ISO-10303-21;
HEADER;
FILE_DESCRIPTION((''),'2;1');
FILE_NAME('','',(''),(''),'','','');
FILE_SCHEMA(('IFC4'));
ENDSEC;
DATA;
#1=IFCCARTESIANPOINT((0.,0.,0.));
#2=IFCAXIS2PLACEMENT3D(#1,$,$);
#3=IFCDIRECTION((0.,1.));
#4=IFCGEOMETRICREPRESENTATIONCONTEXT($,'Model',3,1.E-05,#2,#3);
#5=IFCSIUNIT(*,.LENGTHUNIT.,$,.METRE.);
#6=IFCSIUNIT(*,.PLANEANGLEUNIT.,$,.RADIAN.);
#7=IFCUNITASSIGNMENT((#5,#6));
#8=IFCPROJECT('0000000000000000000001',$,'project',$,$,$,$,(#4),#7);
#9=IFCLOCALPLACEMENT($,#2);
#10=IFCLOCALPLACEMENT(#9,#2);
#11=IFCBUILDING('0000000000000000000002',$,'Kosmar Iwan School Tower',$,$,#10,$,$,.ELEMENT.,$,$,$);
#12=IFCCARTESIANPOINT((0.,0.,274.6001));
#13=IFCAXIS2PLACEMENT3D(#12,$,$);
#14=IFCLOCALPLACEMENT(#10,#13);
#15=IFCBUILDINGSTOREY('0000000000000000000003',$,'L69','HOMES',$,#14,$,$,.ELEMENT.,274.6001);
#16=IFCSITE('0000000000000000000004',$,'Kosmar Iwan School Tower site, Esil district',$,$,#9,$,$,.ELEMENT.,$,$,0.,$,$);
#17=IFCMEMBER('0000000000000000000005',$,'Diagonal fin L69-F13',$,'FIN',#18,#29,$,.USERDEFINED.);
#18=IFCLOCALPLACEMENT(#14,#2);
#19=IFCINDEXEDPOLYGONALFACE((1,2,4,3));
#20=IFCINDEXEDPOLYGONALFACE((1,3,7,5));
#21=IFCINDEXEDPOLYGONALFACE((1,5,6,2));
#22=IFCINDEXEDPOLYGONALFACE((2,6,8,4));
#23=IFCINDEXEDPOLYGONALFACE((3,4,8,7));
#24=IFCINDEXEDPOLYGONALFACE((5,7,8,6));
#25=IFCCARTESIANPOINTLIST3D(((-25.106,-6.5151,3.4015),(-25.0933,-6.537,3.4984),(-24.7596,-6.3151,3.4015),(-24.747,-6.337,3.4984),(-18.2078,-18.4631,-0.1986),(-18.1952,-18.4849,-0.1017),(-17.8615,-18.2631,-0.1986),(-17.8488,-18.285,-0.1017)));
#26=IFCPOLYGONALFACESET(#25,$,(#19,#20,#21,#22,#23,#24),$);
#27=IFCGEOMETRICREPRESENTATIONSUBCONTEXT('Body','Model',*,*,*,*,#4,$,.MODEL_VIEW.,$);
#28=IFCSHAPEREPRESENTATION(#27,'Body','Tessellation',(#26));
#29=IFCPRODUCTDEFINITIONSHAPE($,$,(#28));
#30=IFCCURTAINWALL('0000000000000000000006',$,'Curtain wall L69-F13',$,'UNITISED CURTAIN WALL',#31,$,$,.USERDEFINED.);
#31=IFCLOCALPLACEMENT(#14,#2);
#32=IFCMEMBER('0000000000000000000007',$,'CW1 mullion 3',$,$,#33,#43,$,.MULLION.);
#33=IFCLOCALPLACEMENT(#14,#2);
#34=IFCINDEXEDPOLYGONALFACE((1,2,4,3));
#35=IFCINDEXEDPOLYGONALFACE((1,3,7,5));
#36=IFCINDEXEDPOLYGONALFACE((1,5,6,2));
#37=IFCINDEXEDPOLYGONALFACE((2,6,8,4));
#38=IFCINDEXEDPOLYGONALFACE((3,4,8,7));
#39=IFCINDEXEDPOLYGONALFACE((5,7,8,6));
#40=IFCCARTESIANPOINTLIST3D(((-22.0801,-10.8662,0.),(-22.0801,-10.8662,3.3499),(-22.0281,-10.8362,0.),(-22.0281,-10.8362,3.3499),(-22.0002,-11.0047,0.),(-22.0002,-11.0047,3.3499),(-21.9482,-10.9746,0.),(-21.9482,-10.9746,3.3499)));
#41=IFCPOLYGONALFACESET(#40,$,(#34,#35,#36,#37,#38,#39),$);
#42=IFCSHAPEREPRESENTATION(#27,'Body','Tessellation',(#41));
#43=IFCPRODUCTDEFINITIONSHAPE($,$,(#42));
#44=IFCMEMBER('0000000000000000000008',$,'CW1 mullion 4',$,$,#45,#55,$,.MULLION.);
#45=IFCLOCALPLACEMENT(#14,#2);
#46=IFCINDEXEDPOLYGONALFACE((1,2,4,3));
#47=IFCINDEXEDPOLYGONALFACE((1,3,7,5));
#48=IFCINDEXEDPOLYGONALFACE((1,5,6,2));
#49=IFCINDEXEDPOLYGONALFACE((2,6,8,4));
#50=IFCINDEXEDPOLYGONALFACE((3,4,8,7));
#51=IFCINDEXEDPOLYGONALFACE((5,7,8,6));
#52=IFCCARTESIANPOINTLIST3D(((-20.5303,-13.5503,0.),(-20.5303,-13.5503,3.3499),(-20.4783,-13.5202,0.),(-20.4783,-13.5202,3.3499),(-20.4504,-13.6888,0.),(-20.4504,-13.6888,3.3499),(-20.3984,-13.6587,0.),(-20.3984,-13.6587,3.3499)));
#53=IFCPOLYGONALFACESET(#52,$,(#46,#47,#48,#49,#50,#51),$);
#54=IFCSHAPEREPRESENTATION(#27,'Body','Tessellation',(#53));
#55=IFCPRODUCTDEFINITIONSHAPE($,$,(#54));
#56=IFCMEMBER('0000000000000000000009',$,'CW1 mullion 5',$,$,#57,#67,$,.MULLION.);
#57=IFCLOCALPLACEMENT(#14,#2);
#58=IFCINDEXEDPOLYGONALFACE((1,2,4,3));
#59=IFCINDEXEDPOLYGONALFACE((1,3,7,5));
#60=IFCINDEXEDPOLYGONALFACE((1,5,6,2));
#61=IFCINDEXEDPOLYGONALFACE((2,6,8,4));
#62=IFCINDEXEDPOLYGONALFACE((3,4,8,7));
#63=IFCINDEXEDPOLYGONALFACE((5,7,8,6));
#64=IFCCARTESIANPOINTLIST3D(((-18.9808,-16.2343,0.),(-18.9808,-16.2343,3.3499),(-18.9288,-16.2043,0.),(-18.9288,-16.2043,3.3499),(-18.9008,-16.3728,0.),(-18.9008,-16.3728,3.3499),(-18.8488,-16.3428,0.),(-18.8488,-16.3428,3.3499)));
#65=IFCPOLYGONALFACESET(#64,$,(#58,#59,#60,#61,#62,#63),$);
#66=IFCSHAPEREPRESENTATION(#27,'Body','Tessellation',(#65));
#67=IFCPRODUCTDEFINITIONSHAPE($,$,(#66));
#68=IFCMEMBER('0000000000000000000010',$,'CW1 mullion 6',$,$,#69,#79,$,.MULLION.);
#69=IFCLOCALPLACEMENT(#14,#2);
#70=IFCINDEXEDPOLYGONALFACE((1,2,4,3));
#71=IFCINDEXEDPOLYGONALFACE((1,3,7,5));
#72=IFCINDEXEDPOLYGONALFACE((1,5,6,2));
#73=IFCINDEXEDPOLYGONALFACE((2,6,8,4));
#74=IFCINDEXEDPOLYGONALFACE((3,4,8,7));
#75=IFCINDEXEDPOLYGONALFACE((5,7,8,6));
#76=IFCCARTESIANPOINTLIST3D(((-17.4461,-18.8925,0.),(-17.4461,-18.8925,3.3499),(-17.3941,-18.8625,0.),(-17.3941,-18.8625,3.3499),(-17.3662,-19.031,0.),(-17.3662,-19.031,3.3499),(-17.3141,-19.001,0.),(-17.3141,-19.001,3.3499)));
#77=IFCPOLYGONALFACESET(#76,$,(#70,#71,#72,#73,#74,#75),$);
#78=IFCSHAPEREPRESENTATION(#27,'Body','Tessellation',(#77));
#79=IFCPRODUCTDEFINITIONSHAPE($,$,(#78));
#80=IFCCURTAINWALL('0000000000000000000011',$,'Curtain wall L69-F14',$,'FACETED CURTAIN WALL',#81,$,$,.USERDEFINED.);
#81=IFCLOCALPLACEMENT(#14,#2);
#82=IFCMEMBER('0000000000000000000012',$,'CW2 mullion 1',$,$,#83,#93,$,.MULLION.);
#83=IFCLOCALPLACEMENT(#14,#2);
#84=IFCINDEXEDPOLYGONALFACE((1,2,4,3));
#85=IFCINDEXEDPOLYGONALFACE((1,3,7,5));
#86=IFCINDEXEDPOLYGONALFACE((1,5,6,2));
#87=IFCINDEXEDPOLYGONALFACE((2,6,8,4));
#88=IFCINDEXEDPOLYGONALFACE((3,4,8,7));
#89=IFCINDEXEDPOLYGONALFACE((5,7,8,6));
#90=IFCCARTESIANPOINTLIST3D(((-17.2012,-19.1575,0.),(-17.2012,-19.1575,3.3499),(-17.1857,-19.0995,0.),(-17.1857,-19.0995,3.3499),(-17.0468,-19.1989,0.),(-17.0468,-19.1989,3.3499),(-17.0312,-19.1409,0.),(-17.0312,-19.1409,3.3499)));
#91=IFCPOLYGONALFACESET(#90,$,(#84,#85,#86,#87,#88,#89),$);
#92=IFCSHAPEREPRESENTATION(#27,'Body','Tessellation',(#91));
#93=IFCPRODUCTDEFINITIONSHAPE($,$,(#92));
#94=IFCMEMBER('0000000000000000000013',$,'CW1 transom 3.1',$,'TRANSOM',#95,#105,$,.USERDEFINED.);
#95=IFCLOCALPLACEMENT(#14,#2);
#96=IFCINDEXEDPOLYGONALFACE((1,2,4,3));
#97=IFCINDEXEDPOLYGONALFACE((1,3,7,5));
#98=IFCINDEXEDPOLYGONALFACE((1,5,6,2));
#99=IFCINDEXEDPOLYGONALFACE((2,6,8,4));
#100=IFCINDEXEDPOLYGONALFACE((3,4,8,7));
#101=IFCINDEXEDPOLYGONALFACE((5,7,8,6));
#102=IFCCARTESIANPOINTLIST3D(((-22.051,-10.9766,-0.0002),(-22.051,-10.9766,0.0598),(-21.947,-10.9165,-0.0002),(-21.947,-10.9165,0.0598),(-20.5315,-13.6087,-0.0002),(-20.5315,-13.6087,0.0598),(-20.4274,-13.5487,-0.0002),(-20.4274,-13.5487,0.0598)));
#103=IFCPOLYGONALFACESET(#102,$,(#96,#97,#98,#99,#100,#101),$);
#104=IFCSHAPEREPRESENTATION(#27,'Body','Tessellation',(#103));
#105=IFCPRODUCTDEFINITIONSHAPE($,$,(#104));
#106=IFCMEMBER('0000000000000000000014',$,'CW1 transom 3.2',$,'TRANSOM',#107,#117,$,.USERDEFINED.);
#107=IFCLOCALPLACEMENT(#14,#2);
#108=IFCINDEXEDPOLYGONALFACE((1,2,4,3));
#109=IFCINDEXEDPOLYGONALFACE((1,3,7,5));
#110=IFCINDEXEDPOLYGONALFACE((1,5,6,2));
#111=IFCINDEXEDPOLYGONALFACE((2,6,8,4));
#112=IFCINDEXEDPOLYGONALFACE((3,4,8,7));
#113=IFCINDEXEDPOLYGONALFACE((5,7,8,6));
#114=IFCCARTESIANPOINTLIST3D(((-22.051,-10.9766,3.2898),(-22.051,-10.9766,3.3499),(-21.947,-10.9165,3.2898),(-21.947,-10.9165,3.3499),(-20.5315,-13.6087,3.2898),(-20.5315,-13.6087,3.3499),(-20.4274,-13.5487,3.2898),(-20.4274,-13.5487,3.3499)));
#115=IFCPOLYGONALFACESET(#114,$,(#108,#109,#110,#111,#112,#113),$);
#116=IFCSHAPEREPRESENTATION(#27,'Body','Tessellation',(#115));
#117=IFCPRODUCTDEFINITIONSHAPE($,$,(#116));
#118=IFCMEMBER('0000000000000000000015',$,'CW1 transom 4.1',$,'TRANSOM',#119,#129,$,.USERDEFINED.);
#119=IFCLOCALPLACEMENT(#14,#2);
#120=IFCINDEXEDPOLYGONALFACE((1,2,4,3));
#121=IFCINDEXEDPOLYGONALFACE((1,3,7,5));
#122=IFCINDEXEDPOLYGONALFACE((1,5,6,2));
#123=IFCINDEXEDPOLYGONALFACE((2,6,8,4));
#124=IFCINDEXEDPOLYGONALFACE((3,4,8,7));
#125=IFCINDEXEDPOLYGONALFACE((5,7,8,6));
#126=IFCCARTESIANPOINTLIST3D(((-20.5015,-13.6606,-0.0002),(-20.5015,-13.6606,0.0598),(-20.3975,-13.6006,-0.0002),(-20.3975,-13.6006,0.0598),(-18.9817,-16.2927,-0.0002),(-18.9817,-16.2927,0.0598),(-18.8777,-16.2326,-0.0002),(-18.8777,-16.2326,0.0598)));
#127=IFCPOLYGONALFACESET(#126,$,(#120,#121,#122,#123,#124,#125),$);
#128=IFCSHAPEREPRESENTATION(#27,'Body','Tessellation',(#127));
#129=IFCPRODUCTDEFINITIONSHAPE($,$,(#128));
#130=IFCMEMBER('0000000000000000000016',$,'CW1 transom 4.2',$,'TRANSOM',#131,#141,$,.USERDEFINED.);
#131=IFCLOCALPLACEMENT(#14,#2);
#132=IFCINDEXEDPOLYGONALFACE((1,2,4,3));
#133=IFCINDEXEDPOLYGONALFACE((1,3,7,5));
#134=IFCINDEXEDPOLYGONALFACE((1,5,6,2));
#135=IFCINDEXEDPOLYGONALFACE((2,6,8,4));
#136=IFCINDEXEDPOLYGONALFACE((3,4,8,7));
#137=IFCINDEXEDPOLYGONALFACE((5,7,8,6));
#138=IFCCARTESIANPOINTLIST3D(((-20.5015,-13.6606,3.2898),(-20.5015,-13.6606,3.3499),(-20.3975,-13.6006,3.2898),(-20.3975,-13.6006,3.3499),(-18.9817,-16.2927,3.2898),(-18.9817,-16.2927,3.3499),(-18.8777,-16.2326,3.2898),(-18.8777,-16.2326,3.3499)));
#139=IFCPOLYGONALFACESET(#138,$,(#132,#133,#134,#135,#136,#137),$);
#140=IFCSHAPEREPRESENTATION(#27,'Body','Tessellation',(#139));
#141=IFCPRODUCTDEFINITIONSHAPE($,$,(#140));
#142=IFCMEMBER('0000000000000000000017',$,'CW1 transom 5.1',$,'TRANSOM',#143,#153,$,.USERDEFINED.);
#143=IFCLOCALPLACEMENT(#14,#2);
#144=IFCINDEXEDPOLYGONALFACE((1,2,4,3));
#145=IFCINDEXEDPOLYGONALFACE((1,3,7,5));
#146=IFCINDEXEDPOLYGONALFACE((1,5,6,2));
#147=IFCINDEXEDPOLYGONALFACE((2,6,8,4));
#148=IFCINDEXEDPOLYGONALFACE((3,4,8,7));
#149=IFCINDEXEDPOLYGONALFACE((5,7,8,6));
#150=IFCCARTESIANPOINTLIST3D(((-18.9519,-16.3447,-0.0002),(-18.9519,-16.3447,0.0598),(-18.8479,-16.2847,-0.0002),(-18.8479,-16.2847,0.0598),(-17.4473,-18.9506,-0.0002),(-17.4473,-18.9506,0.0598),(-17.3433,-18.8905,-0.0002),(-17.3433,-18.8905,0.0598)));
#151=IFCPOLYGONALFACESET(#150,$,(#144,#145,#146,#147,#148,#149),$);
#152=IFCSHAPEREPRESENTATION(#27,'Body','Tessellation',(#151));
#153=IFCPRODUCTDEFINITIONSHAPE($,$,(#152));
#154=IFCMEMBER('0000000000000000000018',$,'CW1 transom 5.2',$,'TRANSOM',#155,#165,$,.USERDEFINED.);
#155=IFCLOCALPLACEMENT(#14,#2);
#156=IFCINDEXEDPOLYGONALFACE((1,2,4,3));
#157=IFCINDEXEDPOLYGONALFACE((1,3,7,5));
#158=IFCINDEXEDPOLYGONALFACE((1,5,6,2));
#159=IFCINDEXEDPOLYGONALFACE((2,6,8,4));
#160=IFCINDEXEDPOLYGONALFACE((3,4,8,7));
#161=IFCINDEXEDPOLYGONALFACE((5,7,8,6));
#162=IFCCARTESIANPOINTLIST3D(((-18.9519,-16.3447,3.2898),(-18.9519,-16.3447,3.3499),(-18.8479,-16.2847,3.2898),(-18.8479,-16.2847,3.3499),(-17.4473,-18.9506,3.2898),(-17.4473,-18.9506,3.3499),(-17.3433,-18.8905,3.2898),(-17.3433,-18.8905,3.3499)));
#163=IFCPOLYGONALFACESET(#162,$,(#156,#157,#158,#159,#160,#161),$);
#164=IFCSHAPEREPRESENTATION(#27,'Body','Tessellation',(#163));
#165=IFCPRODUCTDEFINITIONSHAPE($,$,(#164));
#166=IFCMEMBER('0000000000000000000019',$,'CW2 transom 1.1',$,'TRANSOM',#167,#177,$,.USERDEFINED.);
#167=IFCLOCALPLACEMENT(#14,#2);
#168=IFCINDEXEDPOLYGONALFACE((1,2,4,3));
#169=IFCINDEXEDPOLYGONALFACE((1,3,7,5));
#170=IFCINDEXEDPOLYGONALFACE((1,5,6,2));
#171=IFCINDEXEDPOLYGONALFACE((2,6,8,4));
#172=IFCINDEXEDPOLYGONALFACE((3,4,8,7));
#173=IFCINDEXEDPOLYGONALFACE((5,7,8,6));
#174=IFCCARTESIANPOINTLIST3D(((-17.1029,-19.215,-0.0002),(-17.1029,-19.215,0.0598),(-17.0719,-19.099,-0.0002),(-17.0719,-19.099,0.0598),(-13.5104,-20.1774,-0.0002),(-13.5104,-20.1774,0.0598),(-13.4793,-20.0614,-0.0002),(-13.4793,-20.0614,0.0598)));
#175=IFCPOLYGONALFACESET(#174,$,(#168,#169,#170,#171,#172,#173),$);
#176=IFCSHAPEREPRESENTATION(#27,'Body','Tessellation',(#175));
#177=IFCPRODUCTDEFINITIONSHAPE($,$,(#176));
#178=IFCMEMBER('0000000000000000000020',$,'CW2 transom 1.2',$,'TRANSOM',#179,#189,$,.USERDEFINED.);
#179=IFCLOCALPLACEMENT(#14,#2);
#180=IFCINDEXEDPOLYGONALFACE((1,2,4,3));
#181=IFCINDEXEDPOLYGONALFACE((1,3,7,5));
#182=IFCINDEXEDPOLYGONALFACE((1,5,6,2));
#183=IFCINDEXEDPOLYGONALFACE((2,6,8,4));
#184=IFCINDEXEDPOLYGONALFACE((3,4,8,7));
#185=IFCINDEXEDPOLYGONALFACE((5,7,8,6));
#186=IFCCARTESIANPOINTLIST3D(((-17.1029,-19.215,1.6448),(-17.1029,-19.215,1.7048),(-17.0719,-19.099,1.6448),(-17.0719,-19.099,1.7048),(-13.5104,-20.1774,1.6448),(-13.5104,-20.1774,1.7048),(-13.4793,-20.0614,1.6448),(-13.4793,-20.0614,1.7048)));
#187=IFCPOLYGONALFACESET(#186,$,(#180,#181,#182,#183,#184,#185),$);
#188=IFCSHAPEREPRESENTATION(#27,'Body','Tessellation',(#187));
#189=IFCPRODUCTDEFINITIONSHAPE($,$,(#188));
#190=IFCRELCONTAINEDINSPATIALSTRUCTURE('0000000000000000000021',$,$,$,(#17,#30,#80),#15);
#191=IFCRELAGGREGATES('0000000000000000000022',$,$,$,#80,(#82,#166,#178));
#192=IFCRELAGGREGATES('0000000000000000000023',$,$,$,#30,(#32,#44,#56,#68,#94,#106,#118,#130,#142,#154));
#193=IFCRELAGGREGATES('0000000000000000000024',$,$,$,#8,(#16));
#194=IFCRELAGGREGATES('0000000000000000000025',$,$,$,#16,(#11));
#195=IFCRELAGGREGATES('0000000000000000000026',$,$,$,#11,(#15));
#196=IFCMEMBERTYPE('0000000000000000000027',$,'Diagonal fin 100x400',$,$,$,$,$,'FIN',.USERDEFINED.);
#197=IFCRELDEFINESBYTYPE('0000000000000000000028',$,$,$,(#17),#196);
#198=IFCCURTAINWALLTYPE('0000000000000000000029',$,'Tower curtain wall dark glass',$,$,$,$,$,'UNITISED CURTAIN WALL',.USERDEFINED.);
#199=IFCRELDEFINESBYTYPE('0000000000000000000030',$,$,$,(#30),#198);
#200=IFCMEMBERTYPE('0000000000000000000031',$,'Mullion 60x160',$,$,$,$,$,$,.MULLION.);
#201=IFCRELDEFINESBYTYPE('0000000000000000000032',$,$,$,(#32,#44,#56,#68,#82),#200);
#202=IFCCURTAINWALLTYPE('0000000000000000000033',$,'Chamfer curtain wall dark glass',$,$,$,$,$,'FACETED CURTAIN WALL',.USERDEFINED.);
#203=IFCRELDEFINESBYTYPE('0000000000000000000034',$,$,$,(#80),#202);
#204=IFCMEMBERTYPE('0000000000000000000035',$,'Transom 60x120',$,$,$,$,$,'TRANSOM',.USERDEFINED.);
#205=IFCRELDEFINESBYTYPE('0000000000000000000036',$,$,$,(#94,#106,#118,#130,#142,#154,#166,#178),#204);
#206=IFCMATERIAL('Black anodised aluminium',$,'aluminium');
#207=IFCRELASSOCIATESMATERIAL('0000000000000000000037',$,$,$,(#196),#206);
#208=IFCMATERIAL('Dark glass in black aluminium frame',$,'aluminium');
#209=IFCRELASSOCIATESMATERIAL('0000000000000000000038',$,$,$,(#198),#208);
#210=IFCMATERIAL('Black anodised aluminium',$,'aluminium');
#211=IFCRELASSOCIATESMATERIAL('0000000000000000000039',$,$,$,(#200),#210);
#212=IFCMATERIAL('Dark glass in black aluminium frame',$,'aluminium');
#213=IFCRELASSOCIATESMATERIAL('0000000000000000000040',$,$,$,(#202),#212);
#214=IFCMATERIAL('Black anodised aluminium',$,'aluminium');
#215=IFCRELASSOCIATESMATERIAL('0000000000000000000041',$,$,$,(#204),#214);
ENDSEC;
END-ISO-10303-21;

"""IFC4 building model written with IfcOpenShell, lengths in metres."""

from ifc_helpers import new_model, si_unit, direction, frame, origin, origin_2d, place, context, subcontext, project, spatial, rectangle, extrude, material, material_profile, profile_set, type_object, element, aggregate, save


model = new_model("IFC4")

# Units and contexts
model_context = context("Model", 3, precision=1e-05, world=origin(), true_north=direction((0.0, 1.0)))
body_context = subcontext(model_context, "Body", "Model", "MODEL_VIEW")
ifc_project = project(units=[si_unit("LENGTHUNIT", "METRE"), si_unit("PLANEANGLEUNIT", "RADIAN")], contexts=[model_context])

# Site, building, storey
site_placement = place(None, origin())
site = spatial("IfcSite", under=ifc_project, at=site_placement, Name="Kosmar Iwan School Tower site, Esil district", CompositionType="ELEMENT", RefElevation=0.0)
building_placement = place(site_placement, origin())
building = spatial("IfcBuilding", under=site, at=building_placement, Name="Kosmar Iwan School Tower", CompositionType="ELEMENT")
storey_placement = place(building_placement, frame((0.0, 0.0, 274.6001)))
storey = spatial("IfcBuildingStorey", under=building, at=storey_placement, Name="L69", Description="HOMES", CompositionType="ELEMENT", Elevation=274.6001)

# Member
ifc_material_1 = material(Name="Black anodised aluminium", Category="aluminium")
ifc_material_profile_1 = material_profile(ifc_material_1, rectangle(XDim=0.1001, YDim=0.3999, at=origin_2d()), Name="FIN 100x400")
ifc_profile_set_1 = profile_set([ifc_material_profile_1], Name="Black anodised aluminium")
member_type_1 = type_object("IfcMemberType", Name="Diagonal fin 100x400", ElementType="FIN", PredefinedType="USERDEFINED", material=ifc_profile_set_1)
member_1_placement = place(storey_placement, frame((-18.0283, -18.374, -0.1501), z_axis=(-0.4838, 0.837965, 0.252491), x_axis=(0.126245, -0.218663, 0.967599)))
element("IfcMember", 1, at=member_1_placement, inside=storey, type_object=member_type_1, Name="Diagonal fin L69-F13", ObjectType="FIN", PredefinedType="USERDEFINED", context=body_context, shape_type="SweptSolid", body=[
    extrude(rectangle(XDim=0.1001, YDim=0.3999, at=origin_2d()), origin(), (0.0, 0.0, 1.0), 14.2583),
])

# Curtain wall, members
ifc_material_2 = material(Name="Dark glass in black aluminium frame", Category="aluminium")
curtain_wall_type_1 = type_object("IfcCurtainWallType", Name="Tower curtain wall dark glass", ElementType="UNITISED CURTAIN WALL", PredefinedType="USERDEFINED", material=ifc_material_2)
curtain_wall_1_placement = place(storey_placement, origin())
curtain_wall_1 = element("IfcCurtainWall", 2, at=curtain_wall_1_placement, inside=storey, type_object=curtain_wall_type_1, Name="Curtain wall L69-F13", ObjectType="UNITISED CURTAIN WALL", PredefinedType="USERDEFINED")
ifc_material_3 = material(Name="Black anodised aluminium", Category="aluminium")
ifc_material_profile_2 = material_profile(ifc_material_3, rectangle(XDim=0.0601, YDim=0.1599, at=origin_2d()), Name="MULLION 60x160")
ifc_profile_set_2 = profile_set([ifc_material_profile_2], Name="Black anodised aluminium")
member_type_2 = type_object("IfcMemberType", Name="Mullion 60x160", PredefinedType="MULLION", material=ifc_profile_set_2)
member_2_placement = place(storey_placement, frame((-22.0142, -10.9204, 0.0), z_axis=(0.0, 0.0, 1.0), x_axis=(0.866025, 0.5, 0.0)))
member_2 = element("IfcMember", 3, at=member_2_placement, type_object=member_type_2, Name="CW1 mullion 3", PredefinedType="MULLION", context=body_context, shape_type="SweptSolid", body=[
    extrude(rectangle(XDim=0.0601, YDim=0.1599, at=origin_2d()), origin(), (0.0, 0.0, 1.0), 3.3499),
])
member_3_placement = place(storey_placement, frame((-20.4644, -13.6045, 0.0), z_axis=(0.0, 0.0, 1.0), x_axis=(0.866025, 0.5, 0.0)))
member_3 = element("IfcMember", 4, at=member_3_placement, type_object=member_type_2, Name="CW1 mullion 4", PredefinedType="MULLION", context=body_context, shape_type="SweptSolid", body=[
    extrude(rectangle(XDim=0.0601, YDim=0.1599, at=origin_2d()), origin(), (0.0, 0.0, 1.0), 3.3499),
])
member_4_placement = place(storey_placement, frame((-18.9148, -16.2886, 0.0), z_axis=(0.0, 0.0, 1.0), x_axis=(0.866025, 0.5, 0.0)))
member_4 = element("IfcMember", 5, at=member_4_placement, type_object=member_type_2, Name="CW1 mullion 5", PredefinedType="MULLION", context=body_context, shape_type="SweptSolid", body=[
    extrude(rectangle(XDim=0.0601, YDim=0.1599, at=origin_2d()), origin(), (0.0, 0.0, 1.0), 3.3499),
])
member_5_placement = place(storey_placement, frame((-17.3801, -18.9468, 0.0), z_axis=(0.0, 0.0, 1.0), x_axis=(0.866025, 0.5, 0.0)))
member_5 = element("IfcMember", 6, at=member_5_placement, type_object=member_type_2, Name="CW1 mullion 6", PredefinedType="MULLION", context=body_context, shape_type="SweptSolid", body=[
    extrude(rectangle(XDim=0.0601, YDim=0.1599, at=origin_2d()), origin(), (0.0, 0.0, 1.0), 3.3499),
])

# Curtain wall, member
ifc_material_4 = material(Name="Dark glass in black aluminium frame", Category="aluminium")
curtain_wall_type_2 = type_object("IfcCurtainWallType", Name="Chamfer curtain wall dark glass", ElementType="FACETED CURTAIN WALL", PredefinedType="USERDEFINED", material=ifc_material_4)
curtain_wall_2_placement = place(storey_placement, origin())
curtain_wall_2 = element("IfcCurtainWall", 7, at=curtain_wall_2_placement, inside=storey, type_object=curtain_wall_type_2, Name="Curtain wall L69-F14", ObjectType="FACETED CURTAIN WALL", PredefinedType="USERDEFINED")
member_6_placement = place(storey_placement, frame((-17.1162, -19.1492, 0.0), z_axis=(0.0, 0.0, 1.0), x_axis=(0.258819, 0.965926, 0.0)))
member_6 = element("IfcMember", 8, at=member_6_placement, type_object=member_type_2, Name="CW2 mullion 1", PredefinedType="MULLION", context=body_context, shape_type="SweptSolid", body=[
    extrude(rectangle(XDim=0.0601, YDim=0.1599, at=origin_2d()), origin(), (0.0, 0.0, 1.0), 3.3499),
])

# Members
ifc_material_5 = material(Name="Black anodised aluminium", Category="aluminium")
ifc_material_profile_3 = material_profile(ifc_material_5, rectangle(XDim=0.1201, YDim=0.0601, at=origin_2d()), Name="TRANSOM 60x120")
ifc_profile_set_3 = profile_set([ifc_material_profile_3], Name="Black anodised aluminium")
member_type_3 = type_object("IfcMemberType", Name="Transom 60x120", ElementType="TRANSOM", PredefinedType="USERDEFINED", material=ifc_profile_set_3)
member_7_placement = place(storey_placement, frame((-21.999, -10.9465, 0.0298), z_axis=(0.499975, -0.86604, 0.0), x_axis=(0.86604, 0.499975, 0.0)))
member_7 = element("IfcMember", 9, at=member_7_placement, type_object=member_type_3, Name="CW1 transom 3.1", ObjectType="TRANSOM", PredefinedType="USERDEFINED", context=body_context, shape_type="SweptSolid", body=[
    extrude(rectangle(XDim=0.1201, YDim=0.0601, at=origin_2d()), origin(), (0.0, 0.0, 1.0), 3.0393),
])
member_8_placement = place(storey_placement, frame((-21.999, -10.9465, 3.3198), z_axis=(0.499975, -0.86604, 0.0), x_axis=(0.86604, 0.499975, 0.0)))
member_8 = element("IfcMember", 10, at=member_8_placement, type_object=member_type_3, Name="CW1 transom 3.2", ObjectType="TRANSOM", PredefinedType="USERDEFINED", context=body_context, shape_type="SweptSolid", body=[
    extrude(rectangle(XDim=0.1201, YDim=0.0601, at=origin_2d()), origin(), (0.0, 0.0, 1.0), 3.0393),
])
member_9_placement = place(storey_placement, frame((-20.4495, -13.6306, 0.0298), z_axis=(0.500035, -0.866005, 0.0), x_axis=(0.866005, 0.500035, 0.0)))
member_9 = element("IfcMember", 11, at=member_9_placement, type_object=member_type_3, Name="CW1 transom 4.1", ObjectType="TRANSOM", PredefinedType="USERDEFINED", context=body_context, shape_type="SweptSolid", body=[
    extrude(rectangle(XDim=0.1201, YDim=0.0601, at=origin_2d()), origin(), (0.0, 0.0, 1.0), 3.0393),
])
member_10_placement = place(storey_placement, frame((-20.4495, -13.6306, 3.3198), z_axis=(0.500035, -0.866005, 0.0), x_axis=(0.866005, 0.500035, 0.0)))
member_10 = element("IfcMember", 12, at=member_10_placement, type_object=member_type_3, Name="CW1 transom 4.2", ObjectType="TRANSOM", PredefinedType="USERDEFINED", context=body_context, shape_type="SweptSolid", body=[
    extrude(rectangle(XDim=0.1201, YDim=0.0601, at=origin_2d()), origin(), (0.0, 0.0, 1.0), 3.0393),
])
member_11_placement = place(storey_placement, frame((-18.8999, -16.3147, 0.0298), z_axis=(0.500022, -0.866013, 0.0), x_axis=(0.866013, 0.500022, 0.0)))
member_11 = element("IfcMember", 13, at=member_11_placement, type_object=member_type_3, Name="CW1 transom 5.1", ObjectType="TRANSOM", PredefinedType="USERDEFINED", context=body_context, shape_type="SweptSolid", body=[
    extrude(rectangle(XDim=0.1201, YDim=0.0601, at=origin_2d()), origin(), (0.0, 0.0, 1.0), 3.009),
])
member_12_placement = place(storey_placement, frame((-18.8999, -16.3147, 3.3198), z_axis=(0.500022, -0.866013, 0.0), x_axis=(0.866013, 0.500022, 0.0)))
member_12 = element("IfcMember", 14, at=member_12_placement, type_object=member_type_3, Name="CW1 transom 5.2", ObjectType="TRANSOM", PredefinedType="USERDEFINED", context=body_context, shape_type="SweptSolid", body=[
    extrude(rectangle(XDim=0.1201, YDim=0.0601, at=origin_2d()), origin(), (0.0, 0.0, 1.0), 3.009),
])
member_13_placement = place(storey_placement, frame((-17.0874, -19.157, 0.0298), z_axis=(0.96594, -0.258766, 0.0), x_axis=(0.258766, 0.96594, 0.0)))
member_13 = element("IfcMember", 15, at=member_13_placement, type_object=member_type_3, Name="CW2 transom 1.1", ObjectType="TRANSOM", PredefinedType="USERDEFINED", context=body_context, shape_type="SweptSolid", body=[
    extrude(rectangle(XDim=0.1201, YDim=0.0601, at=origin_2d()), origin(), (0.0, 0.0, 1.0), 3.7192),
])
member_14_placement = place(storey_placement, frame((-17.0874, -19.157, 1.6748), z_axis=(0.96594, -0.258766, 0.0), x_axis=(0.258766, 0.96594, 0.0)))
member_14 = element("IfcMember", 16, at=member_14_placement, type_object=member_type_3, Name="CW2 transom 1.2", ObjectType="TRANSOM", PredefinedType="USERDEFINED", context=body_context, shape_type="SweptSolid", body=[
    extrude(rectangle(XDim=0.1201, YDim=0.0601, at=origin_2d()), origin(), (0.0, 0.0, 1.0), 3.7192),
])
aggregate(curtain_wall_2, [member_6, member_13, member_14])

aggregate(curtain_wall_1, [member_2, member_3, member_4, member_5, member_7, member_8, member_9, member_10, member_11, member_12])

save(model, "model.ifc")
